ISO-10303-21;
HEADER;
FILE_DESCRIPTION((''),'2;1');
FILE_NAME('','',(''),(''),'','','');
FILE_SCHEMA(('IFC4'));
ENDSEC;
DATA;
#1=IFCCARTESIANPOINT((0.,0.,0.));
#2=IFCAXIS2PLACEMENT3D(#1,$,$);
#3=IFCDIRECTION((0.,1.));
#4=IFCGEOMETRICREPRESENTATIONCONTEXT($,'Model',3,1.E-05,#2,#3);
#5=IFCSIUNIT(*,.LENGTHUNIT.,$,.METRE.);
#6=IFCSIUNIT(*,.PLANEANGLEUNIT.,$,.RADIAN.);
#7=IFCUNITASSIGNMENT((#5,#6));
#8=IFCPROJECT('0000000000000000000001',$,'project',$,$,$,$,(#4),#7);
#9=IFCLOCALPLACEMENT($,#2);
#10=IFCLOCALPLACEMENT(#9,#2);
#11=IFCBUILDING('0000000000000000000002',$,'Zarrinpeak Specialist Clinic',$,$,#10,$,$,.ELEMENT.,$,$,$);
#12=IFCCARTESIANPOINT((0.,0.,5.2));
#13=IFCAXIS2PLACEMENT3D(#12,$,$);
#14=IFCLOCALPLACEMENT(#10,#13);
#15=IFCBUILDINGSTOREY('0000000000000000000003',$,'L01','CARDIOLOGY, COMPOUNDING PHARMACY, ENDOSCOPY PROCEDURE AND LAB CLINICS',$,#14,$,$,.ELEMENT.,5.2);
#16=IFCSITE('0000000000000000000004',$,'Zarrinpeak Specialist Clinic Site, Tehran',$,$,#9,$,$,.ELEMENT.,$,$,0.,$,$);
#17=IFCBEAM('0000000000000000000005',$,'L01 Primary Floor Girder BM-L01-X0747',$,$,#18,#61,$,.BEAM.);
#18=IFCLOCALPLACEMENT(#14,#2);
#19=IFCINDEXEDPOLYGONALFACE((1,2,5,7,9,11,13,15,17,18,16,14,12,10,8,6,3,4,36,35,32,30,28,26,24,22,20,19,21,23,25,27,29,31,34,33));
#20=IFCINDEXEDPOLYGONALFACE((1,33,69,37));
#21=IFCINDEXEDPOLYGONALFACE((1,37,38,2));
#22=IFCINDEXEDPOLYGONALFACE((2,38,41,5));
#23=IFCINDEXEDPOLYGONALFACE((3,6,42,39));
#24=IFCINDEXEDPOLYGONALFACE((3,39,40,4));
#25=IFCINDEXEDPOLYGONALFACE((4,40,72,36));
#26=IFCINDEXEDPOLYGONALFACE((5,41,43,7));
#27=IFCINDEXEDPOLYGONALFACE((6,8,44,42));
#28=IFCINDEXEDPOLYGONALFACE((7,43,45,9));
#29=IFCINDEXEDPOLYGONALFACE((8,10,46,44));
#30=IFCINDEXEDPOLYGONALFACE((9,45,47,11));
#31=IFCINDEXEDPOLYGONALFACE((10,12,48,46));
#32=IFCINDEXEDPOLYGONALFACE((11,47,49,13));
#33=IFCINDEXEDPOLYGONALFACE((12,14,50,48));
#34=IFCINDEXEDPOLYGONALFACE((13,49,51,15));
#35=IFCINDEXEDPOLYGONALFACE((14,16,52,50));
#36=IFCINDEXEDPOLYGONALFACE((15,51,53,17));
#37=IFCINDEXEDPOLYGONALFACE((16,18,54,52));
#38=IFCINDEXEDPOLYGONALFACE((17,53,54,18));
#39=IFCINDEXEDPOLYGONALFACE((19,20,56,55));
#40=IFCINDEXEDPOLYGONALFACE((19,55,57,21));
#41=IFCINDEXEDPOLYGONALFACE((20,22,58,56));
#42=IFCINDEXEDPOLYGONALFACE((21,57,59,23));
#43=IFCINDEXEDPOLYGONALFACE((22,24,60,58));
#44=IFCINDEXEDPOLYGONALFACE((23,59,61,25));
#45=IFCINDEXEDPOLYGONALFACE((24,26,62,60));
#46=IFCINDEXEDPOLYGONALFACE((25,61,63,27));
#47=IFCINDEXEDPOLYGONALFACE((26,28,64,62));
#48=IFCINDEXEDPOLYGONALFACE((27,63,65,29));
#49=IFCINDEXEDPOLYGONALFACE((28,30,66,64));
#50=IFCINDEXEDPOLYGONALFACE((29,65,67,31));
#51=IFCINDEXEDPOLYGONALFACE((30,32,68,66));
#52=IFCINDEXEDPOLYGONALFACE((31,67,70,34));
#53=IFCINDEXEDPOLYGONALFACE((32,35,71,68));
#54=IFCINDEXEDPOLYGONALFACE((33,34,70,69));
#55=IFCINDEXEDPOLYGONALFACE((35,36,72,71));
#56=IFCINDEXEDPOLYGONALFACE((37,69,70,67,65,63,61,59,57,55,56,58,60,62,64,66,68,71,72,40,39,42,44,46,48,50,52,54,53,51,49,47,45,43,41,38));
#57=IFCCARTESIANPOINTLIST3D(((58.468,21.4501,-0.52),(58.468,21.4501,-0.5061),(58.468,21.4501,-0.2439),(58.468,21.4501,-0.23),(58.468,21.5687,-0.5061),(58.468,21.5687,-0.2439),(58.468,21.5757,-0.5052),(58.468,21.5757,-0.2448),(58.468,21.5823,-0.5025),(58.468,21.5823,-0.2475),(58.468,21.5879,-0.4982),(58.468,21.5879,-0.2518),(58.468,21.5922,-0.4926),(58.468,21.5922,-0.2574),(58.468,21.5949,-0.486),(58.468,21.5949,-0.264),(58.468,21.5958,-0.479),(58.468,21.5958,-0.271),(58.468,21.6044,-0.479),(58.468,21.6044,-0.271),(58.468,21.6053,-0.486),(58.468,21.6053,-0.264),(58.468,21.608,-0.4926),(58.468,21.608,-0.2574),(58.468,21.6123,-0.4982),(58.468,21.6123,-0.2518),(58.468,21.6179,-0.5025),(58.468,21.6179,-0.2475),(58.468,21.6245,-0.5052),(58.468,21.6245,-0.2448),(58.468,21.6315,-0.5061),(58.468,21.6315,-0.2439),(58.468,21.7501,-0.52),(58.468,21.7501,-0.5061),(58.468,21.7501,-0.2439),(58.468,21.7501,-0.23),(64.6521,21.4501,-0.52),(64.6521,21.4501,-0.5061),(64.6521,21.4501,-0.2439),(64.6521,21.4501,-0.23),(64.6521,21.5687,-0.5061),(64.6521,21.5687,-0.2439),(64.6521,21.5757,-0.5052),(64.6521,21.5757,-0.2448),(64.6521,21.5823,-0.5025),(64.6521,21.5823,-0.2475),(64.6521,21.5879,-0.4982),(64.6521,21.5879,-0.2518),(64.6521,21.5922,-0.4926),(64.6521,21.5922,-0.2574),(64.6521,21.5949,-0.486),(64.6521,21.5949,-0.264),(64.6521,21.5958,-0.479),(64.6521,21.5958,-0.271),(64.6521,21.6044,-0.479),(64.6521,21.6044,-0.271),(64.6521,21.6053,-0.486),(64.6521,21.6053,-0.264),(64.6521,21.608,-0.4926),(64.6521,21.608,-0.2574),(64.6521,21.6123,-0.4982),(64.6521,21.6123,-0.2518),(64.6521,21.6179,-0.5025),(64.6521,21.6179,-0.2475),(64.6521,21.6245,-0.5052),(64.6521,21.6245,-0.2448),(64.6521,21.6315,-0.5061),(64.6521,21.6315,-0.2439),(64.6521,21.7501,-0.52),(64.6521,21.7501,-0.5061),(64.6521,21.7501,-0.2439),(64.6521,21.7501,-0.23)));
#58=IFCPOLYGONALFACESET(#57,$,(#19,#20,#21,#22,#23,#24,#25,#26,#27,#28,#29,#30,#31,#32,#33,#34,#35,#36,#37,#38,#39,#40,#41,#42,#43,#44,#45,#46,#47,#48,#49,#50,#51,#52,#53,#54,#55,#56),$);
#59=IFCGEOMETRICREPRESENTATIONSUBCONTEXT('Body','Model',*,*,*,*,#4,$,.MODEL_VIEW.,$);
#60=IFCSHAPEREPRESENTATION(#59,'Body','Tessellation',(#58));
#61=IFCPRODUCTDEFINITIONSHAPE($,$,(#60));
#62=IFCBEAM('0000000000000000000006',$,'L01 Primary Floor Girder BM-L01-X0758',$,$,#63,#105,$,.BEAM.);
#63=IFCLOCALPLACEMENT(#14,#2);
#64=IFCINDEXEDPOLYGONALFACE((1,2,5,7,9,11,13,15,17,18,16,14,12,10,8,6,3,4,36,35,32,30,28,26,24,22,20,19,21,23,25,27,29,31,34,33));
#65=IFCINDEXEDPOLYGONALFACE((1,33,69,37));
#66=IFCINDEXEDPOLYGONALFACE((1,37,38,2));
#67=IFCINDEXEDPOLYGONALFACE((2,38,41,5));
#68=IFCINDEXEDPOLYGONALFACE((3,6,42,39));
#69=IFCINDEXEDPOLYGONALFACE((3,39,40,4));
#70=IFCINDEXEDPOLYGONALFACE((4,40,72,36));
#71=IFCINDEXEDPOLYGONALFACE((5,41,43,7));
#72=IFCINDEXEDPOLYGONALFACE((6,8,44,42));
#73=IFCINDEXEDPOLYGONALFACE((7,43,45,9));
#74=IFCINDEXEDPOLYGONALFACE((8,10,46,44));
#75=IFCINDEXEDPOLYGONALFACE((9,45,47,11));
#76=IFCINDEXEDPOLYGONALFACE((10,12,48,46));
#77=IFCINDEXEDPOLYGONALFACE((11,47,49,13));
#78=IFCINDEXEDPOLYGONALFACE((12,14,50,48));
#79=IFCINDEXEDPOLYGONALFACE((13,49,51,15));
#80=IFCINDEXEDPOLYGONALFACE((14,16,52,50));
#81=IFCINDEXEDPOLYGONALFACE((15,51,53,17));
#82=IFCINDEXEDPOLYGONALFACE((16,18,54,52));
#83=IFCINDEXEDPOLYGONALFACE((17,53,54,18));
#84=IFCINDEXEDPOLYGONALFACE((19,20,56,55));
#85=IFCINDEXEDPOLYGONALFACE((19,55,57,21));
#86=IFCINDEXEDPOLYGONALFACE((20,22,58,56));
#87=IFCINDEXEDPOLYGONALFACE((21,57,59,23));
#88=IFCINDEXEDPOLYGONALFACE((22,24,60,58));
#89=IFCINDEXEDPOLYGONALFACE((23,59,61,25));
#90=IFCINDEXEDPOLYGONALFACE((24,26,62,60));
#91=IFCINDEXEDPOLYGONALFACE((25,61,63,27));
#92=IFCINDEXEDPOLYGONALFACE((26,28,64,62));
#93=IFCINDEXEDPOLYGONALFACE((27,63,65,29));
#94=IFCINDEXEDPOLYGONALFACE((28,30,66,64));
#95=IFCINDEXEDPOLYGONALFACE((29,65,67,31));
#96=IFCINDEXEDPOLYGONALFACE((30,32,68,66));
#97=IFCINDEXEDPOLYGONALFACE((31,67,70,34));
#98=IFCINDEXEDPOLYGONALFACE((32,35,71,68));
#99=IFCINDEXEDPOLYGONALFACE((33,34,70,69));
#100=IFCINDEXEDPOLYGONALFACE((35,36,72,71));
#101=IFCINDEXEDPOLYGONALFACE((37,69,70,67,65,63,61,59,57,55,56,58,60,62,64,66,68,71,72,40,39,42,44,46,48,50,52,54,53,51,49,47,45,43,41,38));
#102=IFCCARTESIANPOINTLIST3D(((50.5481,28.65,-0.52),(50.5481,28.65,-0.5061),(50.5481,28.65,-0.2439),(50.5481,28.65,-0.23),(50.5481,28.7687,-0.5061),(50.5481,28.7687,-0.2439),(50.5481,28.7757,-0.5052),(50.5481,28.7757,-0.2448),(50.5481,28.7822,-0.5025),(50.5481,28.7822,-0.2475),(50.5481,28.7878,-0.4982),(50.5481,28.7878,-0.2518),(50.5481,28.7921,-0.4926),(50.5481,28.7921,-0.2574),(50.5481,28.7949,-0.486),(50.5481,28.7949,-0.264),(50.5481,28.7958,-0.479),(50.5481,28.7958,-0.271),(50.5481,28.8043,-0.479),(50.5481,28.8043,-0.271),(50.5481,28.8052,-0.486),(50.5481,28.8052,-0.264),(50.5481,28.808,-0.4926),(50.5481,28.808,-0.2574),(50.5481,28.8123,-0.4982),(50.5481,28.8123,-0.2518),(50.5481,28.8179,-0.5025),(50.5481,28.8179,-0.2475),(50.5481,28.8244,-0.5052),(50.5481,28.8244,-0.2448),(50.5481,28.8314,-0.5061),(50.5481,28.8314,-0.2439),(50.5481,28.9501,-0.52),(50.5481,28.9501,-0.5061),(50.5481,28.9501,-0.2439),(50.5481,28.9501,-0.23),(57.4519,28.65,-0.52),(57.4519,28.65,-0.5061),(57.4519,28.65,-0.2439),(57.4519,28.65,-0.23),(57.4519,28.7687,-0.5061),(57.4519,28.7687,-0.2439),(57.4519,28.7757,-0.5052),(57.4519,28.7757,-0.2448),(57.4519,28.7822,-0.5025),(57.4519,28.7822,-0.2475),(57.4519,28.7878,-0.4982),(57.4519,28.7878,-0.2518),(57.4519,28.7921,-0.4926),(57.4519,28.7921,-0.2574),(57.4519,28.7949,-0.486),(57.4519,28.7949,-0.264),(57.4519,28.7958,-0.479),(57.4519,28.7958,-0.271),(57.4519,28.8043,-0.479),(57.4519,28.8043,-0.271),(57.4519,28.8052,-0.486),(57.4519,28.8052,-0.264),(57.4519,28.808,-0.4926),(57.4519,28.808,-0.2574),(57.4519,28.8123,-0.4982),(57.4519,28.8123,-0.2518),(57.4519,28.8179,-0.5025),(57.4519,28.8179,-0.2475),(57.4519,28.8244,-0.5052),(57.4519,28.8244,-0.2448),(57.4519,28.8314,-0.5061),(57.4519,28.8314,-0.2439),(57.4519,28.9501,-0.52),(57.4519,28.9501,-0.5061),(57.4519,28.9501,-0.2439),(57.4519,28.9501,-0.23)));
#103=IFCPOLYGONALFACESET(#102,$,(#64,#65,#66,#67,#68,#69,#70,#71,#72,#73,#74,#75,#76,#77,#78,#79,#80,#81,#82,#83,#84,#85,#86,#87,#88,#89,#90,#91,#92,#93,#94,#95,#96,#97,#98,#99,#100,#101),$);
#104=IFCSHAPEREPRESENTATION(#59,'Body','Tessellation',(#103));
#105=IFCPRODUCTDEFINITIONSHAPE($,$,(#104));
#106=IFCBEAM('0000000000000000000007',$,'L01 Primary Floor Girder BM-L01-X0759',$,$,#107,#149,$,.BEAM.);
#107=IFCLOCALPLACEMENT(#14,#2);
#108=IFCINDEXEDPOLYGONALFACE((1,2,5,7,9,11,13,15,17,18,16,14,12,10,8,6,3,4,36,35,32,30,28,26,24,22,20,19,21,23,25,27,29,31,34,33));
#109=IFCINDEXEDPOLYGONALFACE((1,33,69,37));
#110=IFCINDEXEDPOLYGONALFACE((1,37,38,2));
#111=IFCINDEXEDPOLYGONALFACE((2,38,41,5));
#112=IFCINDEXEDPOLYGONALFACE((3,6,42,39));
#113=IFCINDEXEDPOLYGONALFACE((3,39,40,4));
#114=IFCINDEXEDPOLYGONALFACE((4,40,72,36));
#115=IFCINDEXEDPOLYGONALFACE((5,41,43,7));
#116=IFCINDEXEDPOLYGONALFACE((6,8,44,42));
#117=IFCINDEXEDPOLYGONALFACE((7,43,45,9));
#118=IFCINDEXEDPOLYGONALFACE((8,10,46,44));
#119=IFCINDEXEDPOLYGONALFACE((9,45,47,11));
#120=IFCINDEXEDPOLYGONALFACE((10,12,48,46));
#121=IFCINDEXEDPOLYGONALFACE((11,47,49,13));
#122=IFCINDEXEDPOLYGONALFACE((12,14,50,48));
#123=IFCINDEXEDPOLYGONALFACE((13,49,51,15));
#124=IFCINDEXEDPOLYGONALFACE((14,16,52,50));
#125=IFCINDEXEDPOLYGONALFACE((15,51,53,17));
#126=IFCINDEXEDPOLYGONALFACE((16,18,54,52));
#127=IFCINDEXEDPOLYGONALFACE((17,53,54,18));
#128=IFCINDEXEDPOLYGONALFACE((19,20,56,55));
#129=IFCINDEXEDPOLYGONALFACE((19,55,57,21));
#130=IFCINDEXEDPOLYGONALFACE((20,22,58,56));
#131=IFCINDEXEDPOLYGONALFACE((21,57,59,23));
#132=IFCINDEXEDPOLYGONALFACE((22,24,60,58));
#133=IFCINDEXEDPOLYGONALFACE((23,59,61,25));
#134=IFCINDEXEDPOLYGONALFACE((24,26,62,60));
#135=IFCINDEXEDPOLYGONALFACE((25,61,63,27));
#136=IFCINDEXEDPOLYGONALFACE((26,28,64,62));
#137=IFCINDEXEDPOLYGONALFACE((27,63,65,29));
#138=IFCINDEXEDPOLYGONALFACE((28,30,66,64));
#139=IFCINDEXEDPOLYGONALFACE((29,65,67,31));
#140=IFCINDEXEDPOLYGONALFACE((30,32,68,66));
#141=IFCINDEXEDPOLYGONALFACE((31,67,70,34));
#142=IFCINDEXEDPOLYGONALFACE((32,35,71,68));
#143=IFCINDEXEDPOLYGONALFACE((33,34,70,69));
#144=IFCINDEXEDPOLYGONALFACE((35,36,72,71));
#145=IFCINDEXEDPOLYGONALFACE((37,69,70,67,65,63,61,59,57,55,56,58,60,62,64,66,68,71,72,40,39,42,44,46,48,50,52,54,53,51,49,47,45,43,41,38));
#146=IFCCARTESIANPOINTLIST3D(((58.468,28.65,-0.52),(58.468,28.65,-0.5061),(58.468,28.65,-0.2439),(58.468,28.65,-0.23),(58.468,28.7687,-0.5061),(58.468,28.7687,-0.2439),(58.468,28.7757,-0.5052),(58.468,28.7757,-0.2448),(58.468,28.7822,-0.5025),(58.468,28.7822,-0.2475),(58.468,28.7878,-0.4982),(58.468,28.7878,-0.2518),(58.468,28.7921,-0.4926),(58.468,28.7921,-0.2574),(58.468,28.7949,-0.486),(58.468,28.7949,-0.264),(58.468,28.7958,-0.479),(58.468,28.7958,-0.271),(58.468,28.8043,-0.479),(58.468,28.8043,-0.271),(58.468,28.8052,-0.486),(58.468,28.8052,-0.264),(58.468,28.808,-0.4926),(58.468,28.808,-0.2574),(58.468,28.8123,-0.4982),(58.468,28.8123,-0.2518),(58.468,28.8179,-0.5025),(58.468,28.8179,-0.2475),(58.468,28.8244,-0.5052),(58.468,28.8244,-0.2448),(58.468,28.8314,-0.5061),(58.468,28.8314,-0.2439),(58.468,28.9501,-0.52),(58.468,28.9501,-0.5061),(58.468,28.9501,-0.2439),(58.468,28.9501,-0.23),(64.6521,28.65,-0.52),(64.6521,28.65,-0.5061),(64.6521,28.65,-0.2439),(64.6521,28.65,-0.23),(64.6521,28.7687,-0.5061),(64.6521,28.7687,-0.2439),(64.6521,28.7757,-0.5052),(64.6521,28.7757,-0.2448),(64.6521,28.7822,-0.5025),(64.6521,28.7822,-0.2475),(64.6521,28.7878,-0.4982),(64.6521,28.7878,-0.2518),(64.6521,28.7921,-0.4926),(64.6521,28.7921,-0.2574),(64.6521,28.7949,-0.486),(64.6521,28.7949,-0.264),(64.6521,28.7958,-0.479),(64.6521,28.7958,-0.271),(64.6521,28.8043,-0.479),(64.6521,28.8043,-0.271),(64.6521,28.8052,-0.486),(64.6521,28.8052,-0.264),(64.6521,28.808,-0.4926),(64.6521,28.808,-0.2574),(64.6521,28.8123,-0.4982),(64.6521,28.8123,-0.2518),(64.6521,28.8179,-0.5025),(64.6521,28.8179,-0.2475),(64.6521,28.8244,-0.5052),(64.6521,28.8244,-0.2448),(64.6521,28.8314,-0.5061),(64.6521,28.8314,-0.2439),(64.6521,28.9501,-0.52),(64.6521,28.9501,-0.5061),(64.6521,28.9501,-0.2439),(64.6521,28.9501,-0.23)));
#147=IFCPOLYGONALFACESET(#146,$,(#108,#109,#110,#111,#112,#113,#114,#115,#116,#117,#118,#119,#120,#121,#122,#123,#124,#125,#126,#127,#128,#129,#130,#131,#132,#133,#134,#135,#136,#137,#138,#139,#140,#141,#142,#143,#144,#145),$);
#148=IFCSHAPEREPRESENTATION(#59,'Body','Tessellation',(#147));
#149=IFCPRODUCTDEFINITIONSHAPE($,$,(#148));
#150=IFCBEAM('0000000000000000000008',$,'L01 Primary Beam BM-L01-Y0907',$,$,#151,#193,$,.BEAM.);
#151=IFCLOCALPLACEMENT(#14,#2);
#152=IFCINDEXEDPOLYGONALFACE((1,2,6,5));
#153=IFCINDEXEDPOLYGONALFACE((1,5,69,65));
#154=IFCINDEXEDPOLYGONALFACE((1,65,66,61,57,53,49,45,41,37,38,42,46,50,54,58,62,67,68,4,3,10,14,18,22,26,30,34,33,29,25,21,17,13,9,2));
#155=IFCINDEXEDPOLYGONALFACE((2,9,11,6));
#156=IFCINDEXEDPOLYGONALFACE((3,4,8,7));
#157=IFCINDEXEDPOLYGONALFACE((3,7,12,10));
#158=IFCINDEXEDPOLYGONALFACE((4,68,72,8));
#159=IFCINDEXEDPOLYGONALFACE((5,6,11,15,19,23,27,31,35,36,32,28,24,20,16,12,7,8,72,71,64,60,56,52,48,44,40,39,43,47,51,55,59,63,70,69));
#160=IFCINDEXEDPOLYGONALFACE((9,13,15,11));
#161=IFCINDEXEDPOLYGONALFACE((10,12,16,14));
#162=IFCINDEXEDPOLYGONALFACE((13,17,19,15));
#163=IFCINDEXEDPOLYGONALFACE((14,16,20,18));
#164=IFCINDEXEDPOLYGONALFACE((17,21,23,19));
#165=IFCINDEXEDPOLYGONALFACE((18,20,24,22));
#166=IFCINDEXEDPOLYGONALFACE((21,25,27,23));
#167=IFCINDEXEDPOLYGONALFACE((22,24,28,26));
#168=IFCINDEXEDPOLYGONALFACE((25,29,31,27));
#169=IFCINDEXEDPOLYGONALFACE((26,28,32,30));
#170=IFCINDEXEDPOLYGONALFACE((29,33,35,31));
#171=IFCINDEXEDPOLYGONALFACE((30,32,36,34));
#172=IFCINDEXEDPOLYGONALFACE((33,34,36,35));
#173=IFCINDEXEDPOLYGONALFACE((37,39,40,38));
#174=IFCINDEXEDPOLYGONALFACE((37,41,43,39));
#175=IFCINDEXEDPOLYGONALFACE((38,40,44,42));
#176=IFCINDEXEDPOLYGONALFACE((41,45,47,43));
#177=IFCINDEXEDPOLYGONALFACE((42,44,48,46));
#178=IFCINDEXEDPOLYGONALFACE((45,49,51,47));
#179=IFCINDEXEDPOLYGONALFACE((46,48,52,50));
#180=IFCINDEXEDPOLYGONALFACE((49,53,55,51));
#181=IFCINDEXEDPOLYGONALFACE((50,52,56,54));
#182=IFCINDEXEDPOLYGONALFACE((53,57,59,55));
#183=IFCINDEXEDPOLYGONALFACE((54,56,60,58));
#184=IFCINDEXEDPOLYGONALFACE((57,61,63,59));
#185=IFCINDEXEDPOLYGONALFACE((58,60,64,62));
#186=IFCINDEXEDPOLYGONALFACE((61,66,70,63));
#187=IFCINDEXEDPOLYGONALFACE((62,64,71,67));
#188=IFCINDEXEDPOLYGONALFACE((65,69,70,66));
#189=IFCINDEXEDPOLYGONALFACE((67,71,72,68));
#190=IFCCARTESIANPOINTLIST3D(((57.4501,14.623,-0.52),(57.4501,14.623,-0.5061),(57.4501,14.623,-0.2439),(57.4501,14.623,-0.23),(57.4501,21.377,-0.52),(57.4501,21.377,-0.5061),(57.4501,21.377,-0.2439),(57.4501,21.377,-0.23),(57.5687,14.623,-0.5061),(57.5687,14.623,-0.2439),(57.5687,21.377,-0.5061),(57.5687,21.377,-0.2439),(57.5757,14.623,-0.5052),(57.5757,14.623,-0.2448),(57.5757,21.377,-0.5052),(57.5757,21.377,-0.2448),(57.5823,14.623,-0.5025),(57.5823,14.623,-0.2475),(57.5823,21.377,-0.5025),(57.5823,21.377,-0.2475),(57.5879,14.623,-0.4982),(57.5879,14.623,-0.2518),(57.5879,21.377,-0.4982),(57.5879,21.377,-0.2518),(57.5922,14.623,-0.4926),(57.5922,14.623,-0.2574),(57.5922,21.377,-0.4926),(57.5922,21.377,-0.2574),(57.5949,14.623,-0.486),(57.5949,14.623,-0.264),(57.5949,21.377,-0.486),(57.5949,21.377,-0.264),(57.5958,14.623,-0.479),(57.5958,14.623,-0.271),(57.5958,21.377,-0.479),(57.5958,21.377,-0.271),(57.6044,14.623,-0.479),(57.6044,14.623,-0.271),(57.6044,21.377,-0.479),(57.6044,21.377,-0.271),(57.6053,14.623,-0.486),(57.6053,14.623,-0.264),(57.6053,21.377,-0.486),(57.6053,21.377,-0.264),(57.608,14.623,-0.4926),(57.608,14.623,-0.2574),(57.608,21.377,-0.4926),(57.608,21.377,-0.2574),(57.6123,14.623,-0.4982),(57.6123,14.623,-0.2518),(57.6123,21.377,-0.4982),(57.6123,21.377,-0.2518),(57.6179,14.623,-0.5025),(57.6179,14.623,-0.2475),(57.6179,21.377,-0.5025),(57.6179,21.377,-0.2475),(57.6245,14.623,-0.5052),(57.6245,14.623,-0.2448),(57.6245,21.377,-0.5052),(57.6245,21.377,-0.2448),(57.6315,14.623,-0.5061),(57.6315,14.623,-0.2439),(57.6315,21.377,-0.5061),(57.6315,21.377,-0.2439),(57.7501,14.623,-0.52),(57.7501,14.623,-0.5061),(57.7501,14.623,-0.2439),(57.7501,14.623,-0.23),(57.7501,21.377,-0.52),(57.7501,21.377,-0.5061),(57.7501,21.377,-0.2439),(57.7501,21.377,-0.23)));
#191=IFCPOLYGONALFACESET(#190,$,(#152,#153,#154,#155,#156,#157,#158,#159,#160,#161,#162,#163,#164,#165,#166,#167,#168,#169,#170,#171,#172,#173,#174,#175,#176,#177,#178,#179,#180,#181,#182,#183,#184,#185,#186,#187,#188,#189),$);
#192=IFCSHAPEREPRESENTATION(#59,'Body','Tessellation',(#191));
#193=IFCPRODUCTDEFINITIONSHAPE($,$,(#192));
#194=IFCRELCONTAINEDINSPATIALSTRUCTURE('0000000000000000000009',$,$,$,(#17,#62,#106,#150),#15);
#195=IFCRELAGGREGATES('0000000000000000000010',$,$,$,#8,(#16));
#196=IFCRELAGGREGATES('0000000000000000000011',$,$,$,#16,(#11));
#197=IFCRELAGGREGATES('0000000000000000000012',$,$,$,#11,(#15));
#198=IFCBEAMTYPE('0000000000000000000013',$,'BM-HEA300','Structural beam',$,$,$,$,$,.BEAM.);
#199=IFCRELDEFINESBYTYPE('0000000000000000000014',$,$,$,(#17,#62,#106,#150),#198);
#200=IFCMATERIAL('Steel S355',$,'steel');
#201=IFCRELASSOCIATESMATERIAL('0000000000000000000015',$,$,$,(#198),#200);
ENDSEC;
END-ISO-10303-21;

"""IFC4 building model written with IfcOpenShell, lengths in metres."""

from ifc_helpers import new_model, si_unit, direction, frame, origin, origin_2d, place, context, subcontext, project, spatial, i_section, extrude, material, material_profile, profile_set, type_object, element, save


model = new_model("IFC4")

# Units and contexts
model_context = context("Model", 3, precision=1e-05, world=origin(), true_north=direction((0.0, 1.0)))
body_context = subcontext(model_context, "Body", "Model", "MODEL_VIEW")
ifc_project = project(units=[si_unit("LENGTHUNIT", "METRE"), si_unit("PLANEANGLEUNIT", "RADIAN")], contexts=[model_context])

# Site, building, storey
site_placement = place(None, origin())
site = spatial("IfcSite", under=ifc_project, at=site_placement, Name="Zarrinpeak Specialist Clinic Site, Tehran", CompositionType="ELEMENT", RefElevation=0.0)
building_placement = place(site_placement, origin())
building = spatial("IfcBuilding", under=site, at=building_placement, Name="Zarrinpeak Specialist Clinic", CompositionType="ELEMENT")
storey_placement = place(building_placement, frame((0.0, 0.0, 5.2)))
storey = spatial("IfcBuildingStorey", under=building, at=storey_placement, Name="L01", Description="CARDIOLOGY, COMPOUNDING PHARMACY, ENDOSCOPY PROCEDURE AND LAB CLINICS", CompositionType="ELEMENT", Elevation=5.2)

# Shared definitions
ifc_material_1 = material(Name="Steel S355", Category="steel")

# Beams
ifc_material_profile_1 = material_profile(ifc_material_1, i_section(OverallWidth=0.3, OverallDepth=0.29, WebThickness=0.0085, FlangeThickness=0.0139, FilletRadius=0.0271, at=origin_2d()), Name="HEA 300")
ifc_profile_set_1 = profile_set([ifc_material_profile_1], Name="Steel S355")
beam_type_1 = type_object("IfcBeamType", Name="BM-HEA300", Description="Structural beam", PredefinedType="BEAM", material=ifc_profile_set_1)
beam_1_placement = place(storey_placement, frame((58.468, 21.6001, -0.375), z_axis=(1.0, 0.0, 0.0), x_axis=(0.0, 1.0, 0.0)))
element("IfcBeam", 1, at=beam_1_placement, inside=storey, type_object=beam_type_1, Name="L01 Primary Floor Girder BM-L01-X0747", PredefinedType="BEAM", context=body_context, shape_type="SweptSolid", body=[
    extrude(i_section(OverallWidth=0.3, OverallDepth=0.29, WebThickness=0.0085, FlangeThickness=0.0139, FilletRadius=0.0271, at=origin_2d()), origin(), (0.0, 0.0, 1.0), 6.1841),
])
beam_2_placement = place(storey_placement, frame((50.5481, 28.8, -0.375), z_axis=(1.0, 0.0, 0.0), x_axis=(0.0, 1.0, 0.0)))
element("IfcBeam", 2, at=beam_2_placement, inside=storey, type_object=beam_type_1, Name="L01 Primary Floor Girder BM-L01-X0758", PredefinedType="BEAM", context=body_context, shape_type="SweptSolid", body=[
    extrude(i_section(OverallWidth=0.3, OverallDepth=0.29, WebThickness=0.0085, FlangeThickness=0.0139, FilletRadius=0.0271, at=origin_2d()), origin(), (0.0, 0.0, 1.0), 6.9038),
])
beam_3_placement = place(storey_placement, frame((58.468, 28.8, -0.375), z_axis=(1.0, 0.0, 0.0), x_axis=(0.0, 1.0, 0.0)))
element("IfcBeam", 3, at=beam_3_placement, inside=storey, type_object=beam_type_1, Name="L01 Primary Floor Girder BM-L01-X0759", PredefinedType="BEAM", context=body_context, shape_type="SweptSolid", body=[
    extrude(i_section(OverallWidth=0.3, OverallDepth=0.29, WebThickness=0.0085, FlangeThickness=0.0139, FilletRadius=0.0271, at=origin_2d()), origin(), (0.0, 0.0, 1.0), 6.1841),
])
beam_4_placement = place(storey_placement, frame((57.6001, 14.623, -0.375), z_axis=(0.0, 1.0, 0.0), x_axis=(-1.0, 0.0, 0.0)))
element("IfcBeam", 4, at=beam_4_placement, inside=storey, type_object=beam_type_1, Name="L01 Primary Beam BM-L01-Y0907", PredefinedType="BEAM", context=body_context, shape_type="SweptSolid", body=[
    extrude(i_section(OverallWidth=0.3, OverallDepth=0.29, WebThickness=0.0085, FlangeThickness=0.0139, FilletRadius=0.0271, at=origin_2d()), origin(), (0.0, 0.0, 1.0), 6.7539),
])

save(model, "model.ifc")
